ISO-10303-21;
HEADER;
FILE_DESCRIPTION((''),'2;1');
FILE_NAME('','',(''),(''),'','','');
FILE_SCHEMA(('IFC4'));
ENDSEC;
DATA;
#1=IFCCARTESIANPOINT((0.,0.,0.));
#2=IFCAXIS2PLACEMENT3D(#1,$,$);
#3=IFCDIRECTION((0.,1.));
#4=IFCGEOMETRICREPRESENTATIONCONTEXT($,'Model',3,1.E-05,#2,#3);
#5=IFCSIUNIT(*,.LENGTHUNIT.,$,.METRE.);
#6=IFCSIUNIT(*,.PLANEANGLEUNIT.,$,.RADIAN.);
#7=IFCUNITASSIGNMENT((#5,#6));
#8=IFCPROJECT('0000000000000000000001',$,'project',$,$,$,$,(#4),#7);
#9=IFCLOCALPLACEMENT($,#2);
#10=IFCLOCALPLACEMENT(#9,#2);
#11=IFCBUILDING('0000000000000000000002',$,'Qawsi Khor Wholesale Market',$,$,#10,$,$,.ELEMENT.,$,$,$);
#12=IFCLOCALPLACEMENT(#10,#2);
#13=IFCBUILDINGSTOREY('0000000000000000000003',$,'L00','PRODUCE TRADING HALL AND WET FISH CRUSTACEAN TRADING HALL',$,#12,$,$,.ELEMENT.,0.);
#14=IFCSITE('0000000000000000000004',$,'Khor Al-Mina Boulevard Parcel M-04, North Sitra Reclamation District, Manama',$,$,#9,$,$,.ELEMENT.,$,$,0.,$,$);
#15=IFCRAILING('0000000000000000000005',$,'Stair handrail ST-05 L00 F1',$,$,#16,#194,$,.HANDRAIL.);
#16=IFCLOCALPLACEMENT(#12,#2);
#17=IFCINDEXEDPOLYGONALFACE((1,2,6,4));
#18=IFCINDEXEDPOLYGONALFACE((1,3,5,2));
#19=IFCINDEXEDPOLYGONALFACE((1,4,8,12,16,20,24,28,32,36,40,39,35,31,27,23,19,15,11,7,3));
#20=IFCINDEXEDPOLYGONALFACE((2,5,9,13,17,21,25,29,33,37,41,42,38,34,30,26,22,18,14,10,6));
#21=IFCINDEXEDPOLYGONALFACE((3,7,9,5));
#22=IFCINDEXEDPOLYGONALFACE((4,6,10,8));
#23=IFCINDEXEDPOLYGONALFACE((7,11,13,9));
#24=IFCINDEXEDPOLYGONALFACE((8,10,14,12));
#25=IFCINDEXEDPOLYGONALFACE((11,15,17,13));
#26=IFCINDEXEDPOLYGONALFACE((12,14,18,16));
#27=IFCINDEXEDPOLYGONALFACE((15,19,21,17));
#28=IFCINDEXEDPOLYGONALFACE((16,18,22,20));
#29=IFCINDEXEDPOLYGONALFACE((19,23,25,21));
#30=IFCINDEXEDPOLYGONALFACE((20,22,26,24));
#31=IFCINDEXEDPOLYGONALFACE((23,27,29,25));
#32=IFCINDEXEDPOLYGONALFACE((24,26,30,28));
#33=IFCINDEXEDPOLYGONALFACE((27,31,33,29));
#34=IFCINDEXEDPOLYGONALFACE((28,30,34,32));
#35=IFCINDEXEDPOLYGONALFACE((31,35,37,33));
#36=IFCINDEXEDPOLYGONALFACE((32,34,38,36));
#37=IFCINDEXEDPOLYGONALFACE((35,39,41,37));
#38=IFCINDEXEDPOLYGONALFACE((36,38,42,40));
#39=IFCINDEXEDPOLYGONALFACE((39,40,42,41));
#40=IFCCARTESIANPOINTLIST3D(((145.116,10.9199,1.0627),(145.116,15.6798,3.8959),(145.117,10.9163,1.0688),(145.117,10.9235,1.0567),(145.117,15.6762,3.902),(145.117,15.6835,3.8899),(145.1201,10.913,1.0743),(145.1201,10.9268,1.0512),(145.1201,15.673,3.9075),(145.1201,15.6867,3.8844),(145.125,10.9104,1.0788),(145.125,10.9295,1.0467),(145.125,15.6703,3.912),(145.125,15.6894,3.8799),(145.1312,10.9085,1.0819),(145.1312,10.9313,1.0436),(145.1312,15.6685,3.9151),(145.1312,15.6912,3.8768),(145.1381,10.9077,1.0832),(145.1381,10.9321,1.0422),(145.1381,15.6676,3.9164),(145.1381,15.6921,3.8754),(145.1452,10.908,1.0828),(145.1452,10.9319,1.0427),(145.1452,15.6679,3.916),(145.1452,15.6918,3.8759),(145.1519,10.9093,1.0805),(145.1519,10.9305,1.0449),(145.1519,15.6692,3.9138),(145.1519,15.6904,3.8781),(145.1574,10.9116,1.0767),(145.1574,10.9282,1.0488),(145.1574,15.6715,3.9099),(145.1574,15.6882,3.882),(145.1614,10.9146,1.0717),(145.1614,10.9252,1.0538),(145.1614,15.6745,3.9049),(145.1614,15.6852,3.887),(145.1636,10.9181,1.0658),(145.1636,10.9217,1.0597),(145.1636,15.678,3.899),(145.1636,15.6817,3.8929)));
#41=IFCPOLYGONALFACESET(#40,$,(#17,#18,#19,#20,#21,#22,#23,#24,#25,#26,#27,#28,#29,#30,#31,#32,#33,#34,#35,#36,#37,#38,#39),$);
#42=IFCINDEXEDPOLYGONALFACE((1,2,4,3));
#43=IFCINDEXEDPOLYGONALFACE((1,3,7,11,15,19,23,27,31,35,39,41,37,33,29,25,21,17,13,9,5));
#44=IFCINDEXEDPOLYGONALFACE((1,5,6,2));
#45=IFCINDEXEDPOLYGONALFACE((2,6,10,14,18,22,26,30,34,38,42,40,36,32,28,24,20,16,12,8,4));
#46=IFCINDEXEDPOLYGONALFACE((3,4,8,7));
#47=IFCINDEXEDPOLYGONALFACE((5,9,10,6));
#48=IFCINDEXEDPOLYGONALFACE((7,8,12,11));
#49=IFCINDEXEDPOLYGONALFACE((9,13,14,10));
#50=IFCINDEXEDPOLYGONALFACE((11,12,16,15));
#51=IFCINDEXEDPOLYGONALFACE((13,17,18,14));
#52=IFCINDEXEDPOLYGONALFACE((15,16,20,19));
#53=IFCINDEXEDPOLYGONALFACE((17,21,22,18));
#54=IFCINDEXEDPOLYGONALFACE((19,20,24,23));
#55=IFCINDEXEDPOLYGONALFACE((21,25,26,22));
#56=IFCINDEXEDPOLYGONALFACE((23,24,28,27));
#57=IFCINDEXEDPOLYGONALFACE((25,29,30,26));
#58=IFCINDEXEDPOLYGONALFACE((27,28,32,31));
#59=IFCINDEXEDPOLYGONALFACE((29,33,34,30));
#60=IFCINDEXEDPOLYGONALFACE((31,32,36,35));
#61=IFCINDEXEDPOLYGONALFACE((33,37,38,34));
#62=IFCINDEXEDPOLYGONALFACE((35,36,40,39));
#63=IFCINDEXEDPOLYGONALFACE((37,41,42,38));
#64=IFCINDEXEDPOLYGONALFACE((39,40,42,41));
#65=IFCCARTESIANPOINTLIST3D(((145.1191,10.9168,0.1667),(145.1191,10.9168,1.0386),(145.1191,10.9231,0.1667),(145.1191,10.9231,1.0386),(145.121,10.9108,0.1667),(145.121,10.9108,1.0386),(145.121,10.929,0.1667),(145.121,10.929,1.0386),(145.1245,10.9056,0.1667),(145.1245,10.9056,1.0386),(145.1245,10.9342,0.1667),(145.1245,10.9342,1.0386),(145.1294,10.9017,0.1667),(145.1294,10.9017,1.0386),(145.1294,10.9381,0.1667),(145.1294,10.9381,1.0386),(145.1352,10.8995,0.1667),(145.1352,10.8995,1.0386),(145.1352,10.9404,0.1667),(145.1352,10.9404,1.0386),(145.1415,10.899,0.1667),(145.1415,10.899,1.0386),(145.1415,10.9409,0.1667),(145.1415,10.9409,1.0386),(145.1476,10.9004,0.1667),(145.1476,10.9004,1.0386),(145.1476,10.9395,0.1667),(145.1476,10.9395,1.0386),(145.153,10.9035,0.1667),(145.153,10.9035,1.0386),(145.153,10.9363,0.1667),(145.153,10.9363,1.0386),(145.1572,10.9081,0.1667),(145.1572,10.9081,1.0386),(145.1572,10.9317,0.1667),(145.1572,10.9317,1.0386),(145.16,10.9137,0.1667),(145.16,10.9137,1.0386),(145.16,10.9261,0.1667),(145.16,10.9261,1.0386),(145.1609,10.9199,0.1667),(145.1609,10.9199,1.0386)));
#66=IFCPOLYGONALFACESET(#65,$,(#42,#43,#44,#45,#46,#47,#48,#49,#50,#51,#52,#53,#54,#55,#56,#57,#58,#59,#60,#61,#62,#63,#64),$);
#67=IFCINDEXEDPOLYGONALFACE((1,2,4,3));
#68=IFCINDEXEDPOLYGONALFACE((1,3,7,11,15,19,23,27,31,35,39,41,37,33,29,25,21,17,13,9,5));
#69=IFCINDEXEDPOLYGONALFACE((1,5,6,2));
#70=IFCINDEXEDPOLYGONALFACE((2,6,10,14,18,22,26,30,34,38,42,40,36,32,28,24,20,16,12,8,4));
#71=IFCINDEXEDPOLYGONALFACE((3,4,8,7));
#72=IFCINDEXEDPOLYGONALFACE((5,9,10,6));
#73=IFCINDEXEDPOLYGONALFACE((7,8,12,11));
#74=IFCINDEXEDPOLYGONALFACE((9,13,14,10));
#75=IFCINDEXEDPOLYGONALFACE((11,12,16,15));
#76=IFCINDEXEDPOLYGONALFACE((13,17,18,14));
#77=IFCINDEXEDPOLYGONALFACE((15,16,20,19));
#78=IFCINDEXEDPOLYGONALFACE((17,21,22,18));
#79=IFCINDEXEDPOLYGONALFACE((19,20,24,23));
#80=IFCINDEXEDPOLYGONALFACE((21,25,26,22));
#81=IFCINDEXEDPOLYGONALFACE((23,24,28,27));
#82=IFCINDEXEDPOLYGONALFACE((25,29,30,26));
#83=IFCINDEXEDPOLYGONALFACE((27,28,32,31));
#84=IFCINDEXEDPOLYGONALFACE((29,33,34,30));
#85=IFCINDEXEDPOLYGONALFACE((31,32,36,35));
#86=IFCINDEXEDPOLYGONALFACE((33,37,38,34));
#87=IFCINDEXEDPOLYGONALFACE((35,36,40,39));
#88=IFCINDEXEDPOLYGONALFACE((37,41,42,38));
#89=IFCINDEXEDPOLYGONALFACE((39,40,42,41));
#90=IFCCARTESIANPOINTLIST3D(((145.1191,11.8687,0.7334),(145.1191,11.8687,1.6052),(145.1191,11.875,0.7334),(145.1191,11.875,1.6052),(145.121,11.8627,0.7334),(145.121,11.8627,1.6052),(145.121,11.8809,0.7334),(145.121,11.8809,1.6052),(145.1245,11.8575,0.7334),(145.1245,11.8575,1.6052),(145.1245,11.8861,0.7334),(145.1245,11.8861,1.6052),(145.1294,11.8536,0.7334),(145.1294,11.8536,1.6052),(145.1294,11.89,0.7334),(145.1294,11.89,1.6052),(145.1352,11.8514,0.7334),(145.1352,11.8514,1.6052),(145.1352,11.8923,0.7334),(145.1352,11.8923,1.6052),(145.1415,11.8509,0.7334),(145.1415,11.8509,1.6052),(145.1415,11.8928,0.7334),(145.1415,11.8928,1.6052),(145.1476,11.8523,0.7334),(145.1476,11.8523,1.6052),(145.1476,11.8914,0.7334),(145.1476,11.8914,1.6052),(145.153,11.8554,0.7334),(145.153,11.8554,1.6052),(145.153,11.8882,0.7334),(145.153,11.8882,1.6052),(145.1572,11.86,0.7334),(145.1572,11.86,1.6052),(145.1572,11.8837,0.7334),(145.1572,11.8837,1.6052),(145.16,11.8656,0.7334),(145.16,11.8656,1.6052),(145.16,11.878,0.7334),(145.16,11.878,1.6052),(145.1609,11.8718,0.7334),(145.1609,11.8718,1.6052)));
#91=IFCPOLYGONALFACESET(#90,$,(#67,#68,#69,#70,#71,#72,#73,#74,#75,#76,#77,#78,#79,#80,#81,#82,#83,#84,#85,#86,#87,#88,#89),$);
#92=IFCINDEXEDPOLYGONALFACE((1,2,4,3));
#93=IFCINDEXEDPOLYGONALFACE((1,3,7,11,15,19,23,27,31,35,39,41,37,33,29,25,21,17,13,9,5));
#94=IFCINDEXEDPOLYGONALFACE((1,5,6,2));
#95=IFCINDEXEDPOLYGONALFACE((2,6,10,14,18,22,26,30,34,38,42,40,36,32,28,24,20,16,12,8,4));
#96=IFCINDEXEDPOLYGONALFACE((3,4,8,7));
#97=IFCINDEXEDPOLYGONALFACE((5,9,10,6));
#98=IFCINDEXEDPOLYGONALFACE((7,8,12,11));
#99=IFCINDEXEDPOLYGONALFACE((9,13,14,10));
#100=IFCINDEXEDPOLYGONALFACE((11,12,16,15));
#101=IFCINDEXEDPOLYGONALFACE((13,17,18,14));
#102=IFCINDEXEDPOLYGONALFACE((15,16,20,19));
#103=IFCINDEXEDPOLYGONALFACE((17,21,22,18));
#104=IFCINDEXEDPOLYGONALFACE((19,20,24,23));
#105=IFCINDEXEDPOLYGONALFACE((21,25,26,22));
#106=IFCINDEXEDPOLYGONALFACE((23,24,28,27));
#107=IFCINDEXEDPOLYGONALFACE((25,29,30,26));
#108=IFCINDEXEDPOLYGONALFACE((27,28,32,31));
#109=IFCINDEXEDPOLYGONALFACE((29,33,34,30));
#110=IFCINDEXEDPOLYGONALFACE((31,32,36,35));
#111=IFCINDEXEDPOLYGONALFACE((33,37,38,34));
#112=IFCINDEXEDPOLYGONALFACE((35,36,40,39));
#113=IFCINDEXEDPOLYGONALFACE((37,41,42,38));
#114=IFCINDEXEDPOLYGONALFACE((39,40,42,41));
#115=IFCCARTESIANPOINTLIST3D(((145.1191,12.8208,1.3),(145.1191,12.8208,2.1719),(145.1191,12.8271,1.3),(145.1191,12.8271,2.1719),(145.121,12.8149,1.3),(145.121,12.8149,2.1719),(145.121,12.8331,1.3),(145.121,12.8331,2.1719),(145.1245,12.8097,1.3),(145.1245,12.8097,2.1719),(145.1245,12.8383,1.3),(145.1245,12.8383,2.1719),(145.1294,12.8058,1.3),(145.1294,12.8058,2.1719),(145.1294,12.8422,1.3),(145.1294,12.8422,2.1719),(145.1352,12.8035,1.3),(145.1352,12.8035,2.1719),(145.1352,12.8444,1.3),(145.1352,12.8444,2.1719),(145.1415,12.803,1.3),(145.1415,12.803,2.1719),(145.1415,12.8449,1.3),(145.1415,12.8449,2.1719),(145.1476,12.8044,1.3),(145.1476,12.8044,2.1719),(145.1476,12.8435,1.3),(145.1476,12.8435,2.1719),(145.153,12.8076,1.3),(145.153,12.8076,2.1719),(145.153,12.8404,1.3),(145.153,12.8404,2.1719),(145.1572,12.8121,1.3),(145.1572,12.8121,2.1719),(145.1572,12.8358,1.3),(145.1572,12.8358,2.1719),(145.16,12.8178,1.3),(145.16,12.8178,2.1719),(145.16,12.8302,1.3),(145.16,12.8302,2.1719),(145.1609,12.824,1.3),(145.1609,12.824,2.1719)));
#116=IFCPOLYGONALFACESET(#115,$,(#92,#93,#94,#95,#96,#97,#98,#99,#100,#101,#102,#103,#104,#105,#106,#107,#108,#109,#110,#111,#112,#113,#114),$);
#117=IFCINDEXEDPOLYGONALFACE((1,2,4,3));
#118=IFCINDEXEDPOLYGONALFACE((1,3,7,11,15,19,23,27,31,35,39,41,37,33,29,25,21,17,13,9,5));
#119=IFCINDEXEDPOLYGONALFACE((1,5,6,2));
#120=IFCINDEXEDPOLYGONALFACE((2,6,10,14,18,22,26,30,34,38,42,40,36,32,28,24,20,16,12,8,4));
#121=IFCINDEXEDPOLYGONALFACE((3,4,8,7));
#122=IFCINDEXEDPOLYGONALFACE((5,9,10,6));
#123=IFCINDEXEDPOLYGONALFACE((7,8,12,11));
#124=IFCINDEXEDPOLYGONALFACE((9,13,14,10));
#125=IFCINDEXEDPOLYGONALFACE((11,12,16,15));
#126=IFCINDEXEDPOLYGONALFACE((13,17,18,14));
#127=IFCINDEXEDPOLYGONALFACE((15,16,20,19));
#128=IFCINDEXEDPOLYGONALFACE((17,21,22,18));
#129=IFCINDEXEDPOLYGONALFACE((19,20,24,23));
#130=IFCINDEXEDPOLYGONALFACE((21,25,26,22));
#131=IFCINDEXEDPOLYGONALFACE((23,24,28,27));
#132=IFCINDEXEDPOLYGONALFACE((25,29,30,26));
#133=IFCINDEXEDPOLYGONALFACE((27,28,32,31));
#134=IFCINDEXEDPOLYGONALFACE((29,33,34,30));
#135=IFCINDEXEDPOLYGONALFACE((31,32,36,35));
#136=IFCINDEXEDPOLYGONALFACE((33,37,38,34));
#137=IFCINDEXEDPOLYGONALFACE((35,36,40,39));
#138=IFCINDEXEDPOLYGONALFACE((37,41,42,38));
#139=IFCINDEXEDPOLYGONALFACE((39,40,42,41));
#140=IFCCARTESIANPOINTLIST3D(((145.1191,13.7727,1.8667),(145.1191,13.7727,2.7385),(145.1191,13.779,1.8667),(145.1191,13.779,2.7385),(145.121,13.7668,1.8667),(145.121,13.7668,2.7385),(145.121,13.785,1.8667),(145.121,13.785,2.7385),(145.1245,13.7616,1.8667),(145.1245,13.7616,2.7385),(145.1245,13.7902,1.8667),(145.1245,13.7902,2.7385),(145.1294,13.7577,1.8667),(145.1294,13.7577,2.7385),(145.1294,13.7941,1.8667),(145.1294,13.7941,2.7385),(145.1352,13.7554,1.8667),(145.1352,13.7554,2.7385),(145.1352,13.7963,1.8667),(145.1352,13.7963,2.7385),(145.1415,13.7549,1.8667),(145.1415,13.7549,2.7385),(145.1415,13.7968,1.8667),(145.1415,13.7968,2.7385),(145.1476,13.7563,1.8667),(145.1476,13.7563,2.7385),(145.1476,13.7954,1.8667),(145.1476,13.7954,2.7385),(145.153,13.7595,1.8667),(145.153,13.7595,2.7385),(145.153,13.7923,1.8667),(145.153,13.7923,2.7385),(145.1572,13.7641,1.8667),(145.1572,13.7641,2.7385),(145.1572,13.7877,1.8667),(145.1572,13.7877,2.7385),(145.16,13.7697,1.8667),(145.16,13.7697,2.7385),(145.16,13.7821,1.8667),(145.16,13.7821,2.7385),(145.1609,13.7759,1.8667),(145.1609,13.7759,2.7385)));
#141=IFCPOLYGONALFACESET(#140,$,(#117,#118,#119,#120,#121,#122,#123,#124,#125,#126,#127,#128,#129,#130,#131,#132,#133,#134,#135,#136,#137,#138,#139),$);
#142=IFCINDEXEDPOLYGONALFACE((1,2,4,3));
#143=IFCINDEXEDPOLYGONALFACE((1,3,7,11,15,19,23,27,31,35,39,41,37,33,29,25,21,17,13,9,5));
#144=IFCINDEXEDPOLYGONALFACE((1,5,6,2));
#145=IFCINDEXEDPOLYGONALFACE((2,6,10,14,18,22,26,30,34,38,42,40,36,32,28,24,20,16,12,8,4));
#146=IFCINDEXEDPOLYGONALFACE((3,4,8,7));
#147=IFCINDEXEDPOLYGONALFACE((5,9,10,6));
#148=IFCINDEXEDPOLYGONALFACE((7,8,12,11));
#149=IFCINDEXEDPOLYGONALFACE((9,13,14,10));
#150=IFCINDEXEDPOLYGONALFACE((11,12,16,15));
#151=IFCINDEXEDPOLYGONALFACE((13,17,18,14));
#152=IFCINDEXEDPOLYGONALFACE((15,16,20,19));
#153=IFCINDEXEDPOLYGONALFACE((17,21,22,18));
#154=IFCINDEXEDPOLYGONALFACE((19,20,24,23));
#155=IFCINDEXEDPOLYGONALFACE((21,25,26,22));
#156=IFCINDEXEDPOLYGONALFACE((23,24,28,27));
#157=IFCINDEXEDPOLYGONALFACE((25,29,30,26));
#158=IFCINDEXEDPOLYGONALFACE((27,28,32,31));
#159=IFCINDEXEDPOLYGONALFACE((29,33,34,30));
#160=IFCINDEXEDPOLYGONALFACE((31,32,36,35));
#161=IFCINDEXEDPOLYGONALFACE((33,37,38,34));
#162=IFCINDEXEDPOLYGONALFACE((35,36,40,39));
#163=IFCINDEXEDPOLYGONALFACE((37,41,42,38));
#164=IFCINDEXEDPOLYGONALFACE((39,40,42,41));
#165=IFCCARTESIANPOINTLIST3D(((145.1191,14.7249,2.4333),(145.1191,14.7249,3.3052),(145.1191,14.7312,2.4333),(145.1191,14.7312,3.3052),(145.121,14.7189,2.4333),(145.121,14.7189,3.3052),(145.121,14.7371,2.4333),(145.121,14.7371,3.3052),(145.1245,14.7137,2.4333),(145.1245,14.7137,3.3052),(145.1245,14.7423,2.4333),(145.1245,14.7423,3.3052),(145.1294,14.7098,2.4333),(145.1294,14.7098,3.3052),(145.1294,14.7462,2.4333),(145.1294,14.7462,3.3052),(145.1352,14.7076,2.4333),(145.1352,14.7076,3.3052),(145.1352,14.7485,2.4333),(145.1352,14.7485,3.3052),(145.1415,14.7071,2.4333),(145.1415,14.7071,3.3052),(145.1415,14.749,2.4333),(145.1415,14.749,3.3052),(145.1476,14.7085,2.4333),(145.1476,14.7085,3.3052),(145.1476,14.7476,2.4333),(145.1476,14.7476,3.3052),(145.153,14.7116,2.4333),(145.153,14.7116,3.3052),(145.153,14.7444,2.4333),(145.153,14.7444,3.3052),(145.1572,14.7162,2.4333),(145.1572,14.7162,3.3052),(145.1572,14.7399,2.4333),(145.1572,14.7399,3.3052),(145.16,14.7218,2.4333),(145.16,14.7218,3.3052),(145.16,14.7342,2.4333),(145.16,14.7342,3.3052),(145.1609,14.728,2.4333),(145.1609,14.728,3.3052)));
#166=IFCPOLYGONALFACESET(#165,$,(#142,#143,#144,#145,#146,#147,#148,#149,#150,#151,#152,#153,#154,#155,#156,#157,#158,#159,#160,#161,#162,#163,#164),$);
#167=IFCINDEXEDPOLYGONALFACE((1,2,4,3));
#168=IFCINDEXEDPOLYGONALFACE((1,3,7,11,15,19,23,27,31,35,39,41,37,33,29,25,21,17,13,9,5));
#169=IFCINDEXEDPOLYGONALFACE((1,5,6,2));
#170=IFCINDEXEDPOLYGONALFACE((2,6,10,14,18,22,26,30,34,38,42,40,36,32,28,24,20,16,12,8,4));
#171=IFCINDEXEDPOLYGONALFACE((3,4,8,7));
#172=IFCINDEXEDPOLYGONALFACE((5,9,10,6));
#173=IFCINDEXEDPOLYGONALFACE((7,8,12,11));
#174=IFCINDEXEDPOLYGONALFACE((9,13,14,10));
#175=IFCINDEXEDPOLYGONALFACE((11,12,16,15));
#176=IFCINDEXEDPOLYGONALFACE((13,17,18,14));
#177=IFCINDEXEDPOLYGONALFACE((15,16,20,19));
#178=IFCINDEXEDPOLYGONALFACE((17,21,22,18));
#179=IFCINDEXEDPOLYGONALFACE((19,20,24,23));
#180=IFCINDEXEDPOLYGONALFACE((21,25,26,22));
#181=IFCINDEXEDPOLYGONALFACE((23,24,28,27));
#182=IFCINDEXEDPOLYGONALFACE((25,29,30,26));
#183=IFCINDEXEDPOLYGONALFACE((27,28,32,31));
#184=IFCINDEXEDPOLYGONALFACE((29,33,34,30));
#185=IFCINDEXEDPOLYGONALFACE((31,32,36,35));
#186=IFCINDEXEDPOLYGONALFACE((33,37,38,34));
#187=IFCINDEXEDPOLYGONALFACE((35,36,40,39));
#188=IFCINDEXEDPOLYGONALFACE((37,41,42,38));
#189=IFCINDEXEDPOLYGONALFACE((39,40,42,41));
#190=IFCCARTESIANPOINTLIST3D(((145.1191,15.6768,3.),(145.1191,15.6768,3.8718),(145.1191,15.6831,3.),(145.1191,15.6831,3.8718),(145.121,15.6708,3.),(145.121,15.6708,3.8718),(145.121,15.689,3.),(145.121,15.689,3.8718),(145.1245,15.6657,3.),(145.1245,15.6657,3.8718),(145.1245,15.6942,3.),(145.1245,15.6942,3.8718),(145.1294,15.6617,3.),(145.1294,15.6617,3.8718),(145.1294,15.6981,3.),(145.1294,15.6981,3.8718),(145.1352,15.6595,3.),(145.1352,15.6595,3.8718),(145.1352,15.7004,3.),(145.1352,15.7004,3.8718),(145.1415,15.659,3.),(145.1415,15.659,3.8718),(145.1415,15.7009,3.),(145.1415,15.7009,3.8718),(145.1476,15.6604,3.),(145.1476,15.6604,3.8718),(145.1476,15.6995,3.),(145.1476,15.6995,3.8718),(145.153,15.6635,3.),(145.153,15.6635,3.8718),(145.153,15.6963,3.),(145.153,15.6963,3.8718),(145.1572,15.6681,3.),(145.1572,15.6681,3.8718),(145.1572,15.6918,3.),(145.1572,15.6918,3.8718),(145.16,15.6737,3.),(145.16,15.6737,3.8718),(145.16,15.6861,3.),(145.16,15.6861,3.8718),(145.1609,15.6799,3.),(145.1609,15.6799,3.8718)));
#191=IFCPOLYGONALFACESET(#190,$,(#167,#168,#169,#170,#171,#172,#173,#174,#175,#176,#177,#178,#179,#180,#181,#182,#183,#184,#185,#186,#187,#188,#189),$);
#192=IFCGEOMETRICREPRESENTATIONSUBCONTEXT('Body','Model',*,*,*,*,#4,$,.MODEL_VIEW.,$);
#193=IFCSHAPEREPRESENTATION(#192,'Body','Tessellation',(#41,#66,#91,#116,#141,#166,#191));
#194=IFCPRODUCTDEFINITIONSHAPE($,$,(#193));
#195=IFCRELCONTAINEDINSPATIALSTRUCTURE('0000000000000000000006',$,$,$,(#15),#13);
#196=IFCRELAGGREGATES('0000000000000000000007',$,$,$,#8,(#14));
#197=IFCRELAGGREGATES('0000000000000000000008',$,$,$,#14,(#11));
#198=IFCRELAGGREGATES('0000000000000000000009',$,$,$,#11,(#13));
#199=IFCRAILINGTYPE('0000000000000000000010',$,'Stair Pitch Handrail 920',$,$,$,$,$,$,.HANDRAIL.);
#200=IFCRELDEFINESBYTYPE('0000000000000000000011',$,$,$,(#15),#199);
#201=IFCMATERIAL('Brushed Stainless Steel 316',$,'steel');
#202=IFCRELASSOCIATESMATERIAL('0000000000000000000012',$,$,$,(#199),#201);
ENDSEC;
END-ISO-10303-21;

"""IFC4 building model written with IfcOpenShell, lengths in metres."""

from ifc_helpers import new_model, si_unit, direction, frame, origin, origin_2d, place, context, subcontext, project, spatial, circle, extrude, material, type_object, element, save


model = new_model("IFC4")

# Units and contexts
model_context = context("Model", 3, precision=1e-05, world=origin(), true_north=direction((0.0, 1.0)))
body_context = subcontext(model_context, "Body", "Model", "MODEL_VIEW")
ifc_project = project(units=[si_unit("LENGTHUNIT", "METRE"), si_unit("PLANEANGLEUNIT", "RADIAN")], contexts=[model_context])

# Site, building, storey
site_placement = place(None, origin())
site = spatial("IfcSite", under=ifc_project, at=site_placement, Name="Khor Al-Mina Boulevard Parcel M-04, North Sitra Reclamation District, Manama", CompositionType="ELEMENT", RefElevation=0.0)
building_placement = place(site_placement, origin())
building = spatial("IfcBuilding", under=site, at=building_placement, Name="Qawsi Khor Wholesale Market", CompositionType="ELEMENT")
storey_placement = place(building_placement, origin())
storey = spatial("IfcBuildingStorey", under=building, at=storey_placement, Name="L00", Description="PRODUCE TRADING HALL AND WET FISH CRUSTACEAN TRADING HALL", CompositionType="ELEMENT", Elevation=0.0)

# Railing
ifc_material_1 = material(Name="Brushed Stainless Steel 316", Category="steel")
railing_type = type_object("IfcRailingType", Name="Stair Pitch Handrail 920", PredefinedType="HANDRAIL", material=ifc_material_1)
railing_1_placement = place(storey_placement, frame((145.1399, 10.9199, 0.1667)))
element("IfcRailing", 1, at=railing_1_placement, inside=storey, type_object=railing_type, Name="Stair handrail ST-05 L00 F1", PredefinedType="HANDRAIL", context=body_context, shape_type="SweptSolid", body=[
    extrude(circle(Radius=0.0239, at=origin_2d()), frame((0.0, 0.0, 0.896), z_axis=(0.0, 0.8593, 0.511472), x_axis=(-1.0, 0.0, 0.0)), (0.0, 0.0, 1.0), 5.5393),
    extrude(circle(Radius=0.021, at=origin_2d()), origin(), (0.0, 0.0, 1.0), 0.8718),
    extrude(circle(Radius=0.021, at=origin_2d()), frame((0.0, 0.9519, 0.5667)), (0.0, 0.0, 1.0), 0.8718),
    extrude(circle(Radius=0.021, at=origin_2d()), frame((0.0, 1.9041, 1.1333)), (0.0, 0.0, 1.0), 0.8718),
    extrude(circle(Radius=0.021, at=origin_2d()), frame((0.0, 2.856, 1.7)), (0.0, 0.0, 1.0), 0.8718),
    extrude(circle(Radius=0.021, at=origin_2d()), frame((0.0, 3.8081, 2.2666)), (0.0, 0.0, 1.0), 0.8718),
    extrude(circle(Radius=0.021, at=origin_2d()), frame((0.0, 4.76, 2.8333)), (0.0, 0.0, 1.0), 0.8718),
])

save(model, "model.ifc")
